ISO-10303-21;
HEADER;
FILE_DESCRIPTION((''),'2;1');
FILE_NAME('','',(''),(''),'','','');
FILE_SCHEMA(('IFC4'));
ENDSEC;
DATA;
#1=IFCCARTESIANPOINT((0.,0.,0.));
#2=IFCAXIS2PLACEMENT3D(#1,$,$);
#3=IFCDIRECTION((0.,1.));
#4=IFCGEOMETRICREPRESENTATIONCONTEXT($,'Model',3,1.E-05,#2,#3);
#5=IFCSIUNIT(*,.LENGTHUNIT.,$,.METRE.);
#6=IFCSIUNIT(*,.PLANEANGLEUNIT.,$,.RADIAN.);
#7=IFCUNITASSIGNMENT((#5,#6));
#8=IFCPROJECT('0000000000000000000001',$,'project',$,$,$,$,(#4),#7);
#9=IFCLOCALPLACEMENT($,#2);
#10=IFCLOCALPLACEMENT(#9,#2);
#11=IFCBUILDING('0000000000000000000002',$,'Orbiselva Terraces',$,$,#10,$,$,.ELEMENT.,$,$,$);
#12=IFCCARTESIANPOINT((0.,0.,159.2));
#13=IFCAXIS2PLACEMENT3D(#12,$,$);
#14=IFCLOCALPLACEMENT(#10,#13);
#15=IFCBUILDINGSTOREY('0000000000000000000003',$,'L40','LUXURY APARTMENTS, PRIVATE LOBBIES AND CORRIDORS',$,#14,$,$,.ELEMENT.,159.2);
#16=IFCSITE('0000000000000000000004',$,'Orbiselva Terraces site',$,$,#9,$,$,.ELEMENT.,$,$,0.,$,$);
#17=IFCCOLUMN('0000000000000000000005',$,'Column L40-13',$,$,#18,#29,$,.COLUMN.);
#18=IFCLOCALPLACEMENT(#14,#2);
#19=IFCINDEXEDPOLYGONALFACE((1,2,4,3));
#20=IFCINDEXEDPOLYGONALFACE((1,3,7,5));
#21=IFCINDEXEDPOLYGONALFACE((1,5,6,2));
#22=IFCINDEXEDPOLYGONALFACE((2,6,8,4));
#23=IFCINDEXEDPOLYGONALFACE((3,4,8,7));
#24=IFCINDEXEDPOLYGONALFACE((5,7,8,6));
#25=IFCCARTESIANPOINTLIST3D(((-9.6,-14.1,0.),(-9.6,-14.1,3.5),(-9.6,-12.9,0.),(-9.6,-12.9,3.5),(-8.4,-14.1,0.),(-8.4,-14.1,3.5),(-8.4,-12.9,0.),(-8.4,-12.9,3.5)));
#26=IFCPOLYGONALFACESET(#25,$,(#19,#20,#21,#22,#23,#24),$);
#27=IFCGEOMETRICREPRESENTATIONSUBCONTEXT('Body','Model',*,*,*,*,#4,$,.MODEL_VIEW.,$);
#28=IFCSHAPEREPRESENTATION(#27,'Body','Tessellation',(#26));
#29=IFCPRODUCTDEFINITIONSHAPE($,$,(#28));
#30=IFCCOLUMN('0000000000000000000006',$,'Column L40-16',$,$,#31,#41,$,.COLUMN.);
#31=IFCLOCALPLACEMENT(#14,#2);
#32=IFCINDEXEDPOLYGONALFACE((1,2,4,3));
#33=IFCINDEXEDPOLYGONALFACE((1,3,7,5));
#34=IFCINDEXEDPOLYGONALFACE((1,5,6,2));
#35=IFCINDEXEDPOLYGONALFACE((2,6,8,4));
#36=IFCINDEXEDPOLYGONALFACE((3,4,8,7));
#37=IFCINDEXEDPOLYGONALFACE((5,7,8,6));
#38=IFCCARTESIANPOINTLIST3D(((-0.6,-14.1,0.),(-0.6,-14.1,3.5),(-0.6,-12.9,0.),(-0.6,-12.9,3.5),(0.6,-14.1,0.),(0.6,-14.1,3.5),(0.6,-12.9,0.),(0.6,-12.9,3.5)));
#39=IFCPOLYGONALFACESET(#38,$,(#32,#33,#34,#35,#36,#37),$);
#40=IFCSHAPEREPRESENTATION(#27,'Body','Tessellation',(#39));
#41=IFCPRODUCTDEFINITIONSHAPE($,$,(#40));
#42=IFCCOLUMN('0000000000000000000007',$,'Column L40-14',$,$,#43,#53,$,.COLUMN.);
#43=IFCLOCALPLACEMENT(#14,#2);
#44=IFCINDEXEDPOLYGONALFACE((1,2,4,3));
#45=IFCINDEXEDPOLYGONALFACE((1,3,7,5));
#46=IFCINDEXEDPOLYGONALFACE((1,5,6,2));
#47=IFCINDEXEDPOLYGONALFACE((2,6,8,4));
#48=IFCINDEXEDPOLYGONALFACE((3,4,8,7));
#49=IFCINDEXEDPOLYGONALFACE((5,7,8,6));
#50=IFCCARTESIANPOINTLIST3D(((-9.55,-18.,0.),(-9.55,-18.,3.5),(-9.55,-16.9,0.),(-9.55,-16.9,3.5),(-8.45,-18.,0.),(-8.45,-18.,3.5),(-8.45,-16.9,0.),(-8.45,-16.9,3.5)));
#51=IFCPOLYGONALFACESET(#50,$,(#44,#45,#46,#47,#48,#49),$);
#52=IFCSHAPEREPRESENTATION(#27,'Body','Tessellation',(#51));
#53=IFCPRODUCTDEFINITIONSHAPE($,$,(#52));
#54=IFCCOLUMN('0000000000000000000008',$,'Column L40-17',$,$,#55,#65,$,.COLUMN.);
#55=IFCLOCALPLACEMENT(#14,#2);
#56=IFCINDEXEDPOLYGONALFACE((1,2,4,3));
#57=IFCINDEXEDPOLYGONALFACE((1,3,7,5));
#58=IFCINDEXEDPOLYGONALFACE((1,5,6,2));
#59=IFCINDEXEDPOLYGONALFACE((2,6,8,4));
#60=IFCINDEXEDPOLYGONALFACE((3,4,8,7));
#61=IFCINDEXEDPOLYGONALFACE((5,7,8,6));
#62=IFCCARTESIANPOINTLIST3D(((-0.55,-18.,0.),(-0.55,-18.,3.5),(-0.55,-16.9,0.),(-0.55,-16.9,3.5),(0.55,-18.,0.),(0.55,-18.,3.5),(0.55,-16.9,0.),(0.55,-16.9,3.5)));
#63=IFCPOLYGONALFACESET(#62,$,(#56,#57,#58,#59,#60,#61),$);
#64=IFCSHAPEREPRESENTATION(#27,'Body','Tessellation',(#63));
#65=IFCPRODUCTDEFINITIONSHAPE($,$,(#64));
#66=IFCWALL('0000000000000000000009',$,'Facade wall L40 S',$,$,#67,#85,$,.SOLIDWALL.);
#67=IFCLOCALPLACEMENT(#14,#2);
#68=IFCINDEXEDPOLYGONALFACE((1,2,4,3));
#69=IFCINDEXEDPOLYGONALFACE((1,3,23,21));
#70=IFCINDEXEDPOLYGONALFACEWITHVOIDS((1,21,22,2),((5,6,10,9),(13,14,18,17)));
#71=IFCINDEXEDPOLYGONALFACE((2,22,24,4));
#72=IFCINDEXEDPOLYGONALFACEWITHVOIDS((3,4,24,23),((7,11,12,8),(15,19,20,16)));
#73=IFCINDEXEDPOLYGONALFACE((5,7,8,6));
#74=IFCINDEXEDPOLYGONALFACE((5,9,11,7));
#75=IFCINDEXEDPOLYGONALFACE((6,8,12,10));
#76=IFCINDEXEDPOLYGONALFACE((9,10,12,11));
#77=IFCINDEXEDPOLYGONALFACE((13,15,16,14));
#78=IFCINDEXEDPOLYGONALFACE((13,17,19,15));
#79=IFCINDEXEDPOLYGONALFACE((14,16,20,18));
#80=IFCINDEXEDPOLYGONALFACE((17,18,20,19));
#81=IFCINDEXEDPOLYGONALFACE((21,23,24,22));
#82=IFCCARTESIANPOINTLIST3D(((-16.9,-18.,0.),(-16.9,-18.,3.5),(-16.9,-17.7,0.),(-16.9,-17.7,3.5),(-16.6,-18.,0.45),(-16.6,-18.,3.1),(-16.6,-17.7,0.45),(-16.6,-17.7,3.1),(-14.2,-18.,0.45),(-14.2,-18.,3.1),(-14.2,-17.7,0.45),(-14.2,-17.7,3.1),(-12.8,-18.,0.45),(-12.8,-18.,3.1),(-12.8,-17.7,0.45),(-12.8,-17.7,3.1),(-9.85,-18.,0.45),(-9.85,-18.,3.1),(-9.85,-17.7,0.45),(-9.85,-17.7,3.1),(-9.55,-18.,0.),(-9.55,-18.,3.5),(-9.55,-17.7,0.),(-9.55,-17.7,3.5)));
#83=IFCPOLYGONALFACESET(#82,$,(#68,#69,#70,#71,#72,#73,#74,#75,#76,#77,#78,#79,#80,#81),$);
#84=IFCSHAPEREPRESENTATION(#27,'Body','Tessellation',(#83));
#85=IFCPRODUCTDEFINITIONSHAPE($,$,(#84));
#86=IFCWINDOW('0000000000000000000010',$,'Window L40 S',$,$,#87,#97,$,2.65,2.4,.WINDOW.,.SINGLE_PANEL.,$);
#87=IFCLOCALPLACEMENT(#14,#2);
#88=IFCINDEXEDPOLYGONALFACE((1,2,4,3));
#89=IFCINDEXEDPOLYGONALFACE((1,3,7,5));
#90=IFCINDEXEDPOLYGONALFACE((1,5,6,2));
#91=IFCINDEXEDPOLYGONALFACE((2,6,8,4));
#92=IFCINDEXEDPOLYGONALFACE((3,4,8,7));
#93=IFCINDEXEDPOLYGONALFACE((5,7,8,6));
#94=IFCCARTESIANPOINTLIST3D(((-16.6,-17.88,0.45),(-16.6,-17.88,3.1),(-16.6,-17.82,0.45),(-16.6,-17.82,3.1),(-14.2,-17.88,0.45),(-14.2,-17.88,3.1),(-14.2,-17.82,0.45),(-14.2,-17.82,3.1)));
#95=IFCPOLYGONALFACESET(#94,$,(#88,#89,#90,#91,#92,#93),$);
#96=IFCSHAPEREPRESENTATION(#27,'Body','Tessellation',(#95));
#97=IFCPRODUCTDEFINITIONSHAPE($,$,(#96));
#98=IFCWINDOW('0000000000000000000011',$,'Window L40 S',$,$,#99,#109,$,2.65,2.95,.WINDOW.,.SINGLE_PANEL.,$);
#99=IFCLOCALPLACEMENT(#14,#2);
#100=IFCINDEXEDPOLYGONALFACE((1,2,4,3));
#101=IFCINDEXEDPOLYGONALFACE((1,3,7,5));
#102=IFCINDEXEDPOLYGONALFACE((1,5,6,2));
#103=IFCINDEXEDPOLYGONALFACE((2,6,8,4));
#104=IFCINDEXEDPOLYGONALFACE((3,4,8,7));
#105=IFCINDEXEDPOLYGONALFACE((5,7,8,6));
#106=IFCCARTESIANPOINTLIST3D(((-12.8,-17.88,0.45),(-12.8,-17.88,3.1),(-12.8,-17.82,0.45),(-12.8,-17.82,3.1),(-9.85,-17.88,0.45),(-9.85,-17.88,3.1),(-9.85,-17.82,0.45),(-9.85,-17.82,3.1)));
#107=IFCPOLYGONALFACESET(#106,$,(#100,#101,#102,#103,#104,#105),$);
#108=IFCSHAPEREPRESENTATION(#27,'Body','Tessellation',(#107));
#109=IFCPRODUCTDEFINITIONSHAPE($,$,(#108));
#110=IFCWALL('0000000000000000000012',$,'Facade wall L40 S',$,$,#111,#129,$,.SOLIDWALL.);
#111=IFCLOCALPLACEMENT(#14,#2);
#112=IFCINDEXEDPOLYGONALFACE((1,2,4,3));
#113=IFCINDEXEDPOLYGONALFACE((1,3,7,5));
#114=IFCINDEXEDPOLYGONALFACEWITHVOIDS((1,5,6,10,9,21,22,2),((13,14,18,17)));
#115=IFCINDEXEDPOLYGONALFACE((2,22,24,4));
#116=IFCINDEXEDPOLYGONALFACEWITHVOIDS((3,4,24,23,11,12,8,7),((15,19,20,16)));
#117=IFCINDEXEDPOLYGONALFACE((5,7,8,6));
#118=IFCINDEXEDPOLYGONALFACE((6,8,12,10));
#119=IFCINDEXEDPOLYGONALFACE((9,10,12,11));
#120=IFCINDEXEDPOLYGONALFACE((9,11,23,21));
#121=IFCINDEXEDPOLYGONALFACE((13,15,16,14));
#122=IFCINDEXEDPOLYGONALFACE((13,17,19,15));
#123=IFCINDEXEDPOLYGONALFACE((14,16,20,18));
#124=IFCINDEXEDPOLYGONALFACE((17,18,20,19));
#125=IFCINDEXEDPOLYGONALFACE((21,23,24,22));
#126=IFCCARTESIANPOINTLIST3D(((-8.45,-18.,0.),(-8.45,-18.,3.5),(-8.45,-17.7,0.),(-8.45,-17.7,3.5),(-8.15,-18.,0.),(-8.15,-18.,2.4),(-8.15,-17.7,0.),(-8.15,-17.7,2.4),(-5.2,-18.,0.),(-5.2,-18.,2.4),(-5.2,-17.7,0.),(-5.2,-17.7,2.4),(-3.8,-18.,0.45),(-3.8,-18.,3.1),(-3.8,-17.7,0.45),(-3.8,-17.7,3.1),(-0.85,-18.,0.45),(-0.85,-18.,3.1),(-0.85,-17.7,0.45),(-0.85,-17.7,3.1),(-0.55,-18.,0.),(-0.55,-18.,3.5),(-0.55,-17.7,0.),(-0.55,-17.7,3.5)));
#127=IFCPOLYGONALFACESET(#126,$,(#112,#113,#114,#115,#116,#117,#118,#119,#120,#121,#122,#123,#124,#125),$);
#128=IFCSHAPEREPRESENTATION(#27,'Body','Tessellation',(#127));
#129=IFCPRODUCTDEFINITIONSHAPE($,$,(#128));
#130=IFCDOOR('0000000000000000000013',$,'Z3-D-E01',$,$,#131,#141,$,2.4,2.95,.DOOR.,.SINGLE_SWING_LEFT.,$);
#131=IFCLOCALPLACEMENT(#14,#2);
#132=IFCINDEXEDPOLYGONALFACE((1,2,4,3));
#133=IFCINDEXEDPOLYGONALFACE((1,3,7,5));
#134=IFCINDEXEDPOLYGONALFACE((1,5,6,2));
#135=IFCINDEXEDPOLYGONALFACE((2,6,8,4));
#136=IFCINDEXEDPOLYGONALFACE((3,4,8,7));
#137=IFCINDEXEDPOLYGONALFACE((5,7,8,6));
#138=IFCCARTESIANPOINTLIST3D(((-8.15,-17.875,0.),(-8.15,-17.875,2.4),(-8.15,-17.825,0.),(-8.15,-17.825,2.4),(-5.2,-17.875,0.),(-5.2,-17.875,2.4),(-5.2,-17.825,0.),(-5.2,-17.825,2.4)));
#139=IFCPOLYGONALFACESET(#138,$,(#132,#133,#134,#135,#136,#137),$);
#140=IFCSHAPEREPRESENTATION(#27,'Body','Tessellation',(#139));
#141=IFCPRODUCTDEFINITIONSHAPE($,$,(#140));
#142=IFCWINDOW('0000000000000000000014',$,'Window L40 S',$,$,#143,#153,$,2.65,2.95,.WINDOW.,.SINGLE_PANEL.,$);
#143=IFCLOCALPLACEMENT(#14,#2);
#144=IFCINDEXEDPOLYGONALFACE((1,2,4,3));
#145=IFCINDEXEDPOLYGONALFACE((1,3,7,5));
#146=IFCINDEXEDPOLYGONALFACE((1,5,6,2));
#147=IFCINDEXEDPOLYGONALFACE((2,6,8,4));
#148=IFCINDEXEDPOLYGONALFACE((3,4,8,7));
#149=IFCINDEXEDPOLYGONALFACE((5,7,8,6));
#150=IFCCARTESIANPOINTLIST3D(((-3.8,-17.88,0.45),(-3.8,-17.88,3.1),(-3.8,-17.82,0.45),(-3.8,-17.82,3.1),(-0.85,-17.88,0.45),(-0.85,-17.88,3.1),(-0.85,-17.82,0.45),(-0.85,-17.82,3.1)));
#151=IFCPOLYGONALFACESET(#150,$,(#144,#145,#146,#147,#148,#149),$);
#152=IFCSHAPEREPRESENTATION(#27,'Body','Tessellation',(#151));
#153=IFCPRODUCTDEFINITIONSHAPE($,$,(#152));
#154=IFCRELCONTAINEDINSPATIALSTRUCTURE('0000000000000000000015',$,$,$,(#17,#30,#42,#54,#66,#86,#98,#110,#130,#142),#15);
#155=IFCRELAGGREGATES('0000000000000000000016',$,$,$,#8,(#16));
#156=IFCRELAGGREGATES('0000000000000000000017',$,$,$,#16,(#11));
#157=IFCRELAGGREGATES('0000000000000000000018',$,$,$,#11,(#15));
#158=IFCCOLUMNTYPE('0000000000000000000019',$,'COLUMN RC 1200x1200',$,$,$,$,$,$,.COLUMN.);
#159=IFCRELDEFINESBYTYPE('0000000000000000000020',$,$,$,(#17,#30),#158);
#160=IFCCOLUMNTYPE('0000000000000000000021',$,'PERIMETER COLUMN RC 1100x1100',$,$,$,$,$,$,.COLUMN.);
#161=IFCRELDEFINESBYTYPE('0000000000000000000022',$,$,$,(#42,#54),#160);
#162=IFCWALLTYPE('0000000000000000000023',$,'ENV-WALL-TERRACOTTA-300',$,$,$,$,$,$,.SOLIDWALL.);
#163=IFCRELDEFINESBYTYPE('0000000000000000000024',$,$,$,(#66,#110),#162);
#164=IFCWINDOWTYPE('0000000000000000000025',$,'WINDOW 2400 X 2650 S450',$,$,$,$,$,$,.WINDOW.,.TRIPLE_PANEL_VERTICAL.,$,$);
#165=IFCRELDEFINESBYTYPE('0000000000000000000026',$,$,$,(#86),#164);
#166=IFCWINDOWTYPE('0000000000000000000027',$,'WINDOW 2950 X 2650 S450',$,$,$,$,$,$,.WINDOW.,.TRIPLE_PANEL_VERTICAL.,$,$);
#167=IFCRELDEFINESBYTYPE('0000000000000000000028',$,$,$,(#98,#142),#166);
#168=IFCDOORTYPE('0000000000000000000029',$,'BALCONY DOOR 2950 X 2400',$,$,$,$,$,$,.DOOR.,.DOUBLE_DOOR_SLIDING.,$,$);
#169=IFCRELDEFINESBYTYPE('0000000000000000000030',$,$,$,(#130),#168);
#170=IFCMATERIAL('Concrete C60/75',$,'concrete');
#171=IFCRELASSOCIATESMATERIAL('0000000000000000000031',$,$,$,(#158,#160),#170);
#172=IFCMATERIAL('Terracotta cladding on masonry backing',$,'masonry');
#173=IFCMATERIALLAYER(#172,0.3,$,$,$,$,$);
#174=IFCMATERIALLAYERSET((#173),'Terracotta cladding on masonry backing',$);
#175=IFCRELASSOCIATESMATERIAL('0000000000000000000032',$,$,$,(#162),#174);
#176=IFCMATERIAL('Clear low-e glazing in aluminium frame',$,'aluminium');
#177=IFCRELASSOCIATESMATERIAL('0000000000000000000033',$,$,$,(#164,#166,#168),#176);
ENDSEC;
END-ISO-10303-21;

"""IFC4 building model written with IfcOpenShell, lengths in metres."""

from ifc_helpers import new_model, si_unit, direction, frame, frame_2d, origin, origin_2d, place, context, subcontext, project, spatial, rectangle, extrude, material, layer, layer_set, material_profile, profile_set, type_object, element, fill, save


model = new_model("IFC4")

# Units and contexts
model_context = context("Model", 3, precision=1e-05, world=origin(), true_north=direction((0.0, 1.0)))
body_context = subcontext(model_context, "Body", "Model", "MODEL_VIEW")
ifc_project = project(units=[si_unit("LENGTHUNIT", "METRE"), si_unit("PLANEANGLEUNIT", "RADIAN")], contexts=[model_context])

# Site, building, storey
site_placement = place(None, origin())
site = spatial("IfcSite", under=ifc_project, at=site_placement, Name="Orbiselva Terraces site", CompositionType="ELEMENT", RefElevation=0.0)
building_placement = place(site_placement, origin())
building = spatial("IfcBuilding", under=site, at=building_placement, Name="Orbiselva Terraces", CompositionType="ELEMENT")
storey_placement = place(building_placement, frame((0.0, 0.0, 159.2)))
storey = spatial("IfcBuildingStorey", under=building, at=storey_placement, Name="L40", Description="LUXURY APARTMENTS, PRIVATE LOBBIES AND CORRIDORS", CompositionType="ELEMENT", Elevation=159.2)

# Columns
ifc_material_1 = material(Name="Concrete C60/75", Category="concrete")
ifc_material_profile_1 = material_profile(ifc_material_1, rectangle(XDim=1.2, YDim=1.2, at=origin_2d()), Name="RC 1200x1200")
ifc_profile_set_1 = profile_set([ifc_material_profile_1], Name="Concrete C60/75")
column_type_1 = type_object("IfcColumnType", Name="COLUMN RC 1200x1200", PredefinedType="COLUMN", material=ifc_profile_set_1)
for number, where, z_axis, x_axis, name in (
    (1, (-9.0, -13.5, 0.0), (0.0, 0.0, 1.0), (1.0, 0.0, 0.0), "Column L40-13"),
    (2, (0.0, -13.5, 0.0), (0.0, 0.0, 1.0), (1.0, 0.0, 0.0), "Column L40-16"),
):
    element("IfcColumn", number, at=place(storey_placement, frame(where, z_axis=z_axis, x_axis=x_axis)), inside=storey, type_object=column_type_1, Name=name, PredefinedType="COLUMN", context=body_context, shape_type="SweptSolid", body=[
        extrude(rectangle(XDim=1.2, YDim=1.2, at=origin_2d()), origin(), (0.0, 0.0, 1.0), 3.5),
    ])
ifc_material_profile_2 = material_profile(ifc_material_1, rectangle(XDim=1.1, YDim=1.1, at=origin_2d()), Name="RC 1100x1100")
ifc_profile_set_2 = profile_set([ifc_material_profile_2], Name="Concrete C60/75")
column_type_2 = type_object("IfcColumnType", Name="PERIMETER COLUMN RC 1100x1100", PredefinedType="COLUMN", material=ifc_profile_set_2)
for number, where, z_axis, x_axis, name in (
    (3, (-9.0, -17.45, 0.0), (0.0, 0.0, 1.0), (1.0, 0.0, 0.0), "Column L40-14"),
    (4, (0.0, -17.45, 0.0), (0.0, 0.0, 1.0), (1.0, 0.0, 0.0), "Column L40-17"),
):
    element("IfcColumn", number, at=place(storey_placement, frame(where, z_axis=z_axis, x_axis=x_axis)), inside=storey, type_object=column_type_2, Name=name, PredefinedType="COLUMN", context=body_context, shape_type="SweptSolid", body=[
        extrude(rectangle(XDim=1.1, YDim=1.1, at=origin_2d()), origin(), (0.0, 0.0, 1.0), 3.5),
    ])

# Wall, openings, windows
ifc_material_2 = material(Name="Terracotta cladding on masonry backing", Category="masonry")
ifc_layer_1 = layer(ifc_material_2, 0.3)
ifc_layer_set_1 = layer_set([ifc_layer_1], Name="Terracotta cladding on masonry backing")
wall_type_1 = type_object("IfcWallType", Name="ENV-WALL-TERRACOTTA-300", PredefinedType="SOLIDWALL", material=ifc_layer_set_1)
wall_1_placement = place(storey_placement, frame((-9.55, -17.85, 0.0), z_axis=(0.0, 0.0, 1.0), x_axis=(-1.0, 0.0, 0.0)))
wall_1 = element("IfcWall", 5, at=wall_1_placement, inside=storey, type_object=wall_type_1, Name="Facade wall L40 S", PredefinedType="SOLIDWALL", context=body_context, shape_type="SweptSolid", body=[
    extrude(rectangle(XDim=7.35, YDim=0.3, at=frame_2d((3.675, 0.0))), origin(), (0.0, 0.0, 1.0), 3.5),
])
opening_1_placement = place(wall_1_placement, frame((4.65, 0.0, 0.45)))
opening_1 = element("IfcOpeningElement", 6, at=opening_1_placement, cuts=wall_1, PredefinedType="OPENING", context=body_context, shape_type="SweptSolid", body=[
    extrude(rectangle(XDim=2.4, YDim=2.65, at=frame_2d((1.2, 1.325))), frame((0.0, 0.16, 0.0), z_axis=(0.0, -1.0, 0.0), x_axis=(1.0, 0.0, 0.0)), (0.0, 0.0, 1.0), 0.32),
])
opening_2_placement = place(wall_1_placement, frame((0.3, 0.0, 0.45)))
opening_2 = element("IfcOpeningElement", 7, at=opening_2_placement, cuts=wall_1, PredefinedType="OPENING", context=body_context, shape_type="SweptSolid", body=[
    extrude(rectangle(XDim=2.95, YDim=2.65, at=frame_2d((1.475, 1.325))), frame((0.0, 0.16, 0.0), z_axis=(0.0, -1.0, 0.0), x_axis=(1.0, 0.0, 0.0)), (0.0, 0.0, 1.0), 0.32),
])
ifc_material_3 = material(Name="Clear low-e glazing in aluminium frame", Category="aluminium")
window_type_1 = type_object("IfcWindowType", Name="WINDOW 2400 X 2650 S450", PartitioningType="TRIPLE_PANEL_VERTICAL", PredefinedType="WINDOW", material=ifc_material_3)
window_1_placement = place(opening_1_placement, origin())
window_1 = element("IfcWindow", 8, at=window_1_placement, inside=storey, type_object=window_type_1, Name="Window L40 S", OverallHeight=2.65, OverallWidth=2.4, PartitioningType="SINGLE_PANEL", PredefinedType="WINDOW", context=body_context, shape_type="SweptSolid", body=[
    extrude(rectangle(XDim=2.4, YDim=2.65, at=frame_2d((1.2, 1.325))), frame((0.0, 0.03, 0.0), z_axis=(0.0, -1.0, 0.0), x_axis=(1.0, 0.0, 0.0)), (0.0, 0.0, 1.0), 0.06),
])
fill(opening_1, window_1)
window_type_2 = type_object("IfcWindowType", Name="WINDOW 2950 X 2650 S450", PartitioningType="TRIPLE_PANEL_VERTICAL", PredefinedType="WINDOW", material=ifc_material_3)
window_2_placement = place(opening_2_placement, origin())
window_2 = element("IfcWindow", 9, at=window_2_placement, inside=storey, type_object=window_type_2, Name="Window L40 S", OverallHeight=2.65, OverallWidth=2.95, PartitioningType="SINGLE_PANEL", PredefinedType="WINDOW", context=body_context, shape_type="SweptSolid", body=[
    extrude(rectangle(XDim=2.95, YDim=2.65, at=frame_2d((1.475, 1.325))), frame((0.0, 0.03, 0.0), z_axis=(0.0, -1.0, 0.0), x_axis=(1.0, 0.0, 0.0)), (0.0, 0.0, 1.0), 0.06),
])
fill(opening_2, window_2)

# Wall, openings, door, window
wall_2_placement = place(storey_placement, frame((-0.55, -17.85, 0.0), z_axis=(0.0, 0.0, 1.0), x_axis=(-1.0, 0.0, 0.0)))
wall_2 = element("IfcWall", 10, at=wall_2_placement, inside=storey, type_object=wall_type_1, Name="Facade wall L40 S", PredefinedType="SOLIDWALL", context=body_context, shape_type="SweptSolid", body=[
    extrude(rectangle(XDim=7.9, YDim=0.3, at=frame_2d((3.95, 0.0))), origin(), (0.0, 0.0, 1.0), 3.5),
])
opening_3_placement = place(wall_2_placement, frame((4.65, 0.0, 0.0)))
opening_3 = element("IfcOpeningElement", 11, at=opening_3_placement, cuts=wall_2, PredefinedType="OPENING", context=body_context, shape_type="SweptSolid", body=[
    extrude(rectangle(XDim=2.95, YDim=2.4, at=frame_2d((1.475, 1.2))), frame((0.0, 0.16, 0.0), z_axis=(0.0, -1.0, 0.0), x_axis=(1.0, 0.0, 0.0)), (0.0, 0.0, 1.0), 0.32),
])
opening_4_placement = place(wall_2_placement, frame((0.3, 0.0, 0.45)))
opening_4 = element("IfcOpeningElement", 12, at=opening_4_placement, cuts=wall_2, PredefinedType="OPENING", context=body_context, shape_type="SweptSolid", body=[
    extrude(rectangle(XDim=2.95, YDim=2.65, at=frame_2d((1.475, 1.325))), frame((0.0, 0.16, 0.0), z_axis=(0.0, -1.0, 0.0), x_axis=(1.0, 0.0, 0.0)), (0.0, 0.0, 1.0), 0.32),
])
door_type_1 = type_object("IfcDoorType", Name="BALCONY DOOR 2950 X 2400", OperationType="DOUBLE_DOOR_SLIDING", PredefinedType="DOOR", material=ifc_material_3)
door_1_placement = place(opening_3_placement, origin())
door_1 = element("IfcDoor", 13, at=door_1_placement, inside=storey, type_object=door_type_1, Name="Z3-D-E01", OperationType="SINGLE_SWING_LEFT", OverallHeight=2.4, OverallWidth=2.95, PredefinedType="DOOR", context=body_context, shape_type="SweptSolid", body=[
    extrude(rectangle(XDim=2.95, YDim=2.4, at=frame_2d((1.475, 1.2))), frame((0.0, 0.025, 0.0), z_axis=(0.0, -1.0, 0.0), x_axis=(1.0, 0.0, 0.0)), (0.0, 0.0, 1.0), 0.05),
])
fill(opening_3, door_1)
window_3_placement = place(opening_4_placement, origin())
window_3 = element("IfcWindow", 14, at=window_3_placement, inside=storey, type_object=window_type_2, Name="Window L40 S", OverallHeight=2.65, OverallWidth=2.95, PartitioningType="SINGLE_PANEL", PredefinedType="WINDOW", context=body_context, shape_type="SweptSolid", body=[
    extrude(rectangle(XDim=2.95, YDim=2.65, at=frame_2d((1.475, 1.325))), frame((0.0, 0.03, 0.0), z_axis=(0.0, -1.0, 0.0), x_axis=(1.0, 0.0, 0.0)), (0.0, 0.0, 1.0), 0.06),
])
fill(opening_4, window_3)

save(model, "model.ifc")
